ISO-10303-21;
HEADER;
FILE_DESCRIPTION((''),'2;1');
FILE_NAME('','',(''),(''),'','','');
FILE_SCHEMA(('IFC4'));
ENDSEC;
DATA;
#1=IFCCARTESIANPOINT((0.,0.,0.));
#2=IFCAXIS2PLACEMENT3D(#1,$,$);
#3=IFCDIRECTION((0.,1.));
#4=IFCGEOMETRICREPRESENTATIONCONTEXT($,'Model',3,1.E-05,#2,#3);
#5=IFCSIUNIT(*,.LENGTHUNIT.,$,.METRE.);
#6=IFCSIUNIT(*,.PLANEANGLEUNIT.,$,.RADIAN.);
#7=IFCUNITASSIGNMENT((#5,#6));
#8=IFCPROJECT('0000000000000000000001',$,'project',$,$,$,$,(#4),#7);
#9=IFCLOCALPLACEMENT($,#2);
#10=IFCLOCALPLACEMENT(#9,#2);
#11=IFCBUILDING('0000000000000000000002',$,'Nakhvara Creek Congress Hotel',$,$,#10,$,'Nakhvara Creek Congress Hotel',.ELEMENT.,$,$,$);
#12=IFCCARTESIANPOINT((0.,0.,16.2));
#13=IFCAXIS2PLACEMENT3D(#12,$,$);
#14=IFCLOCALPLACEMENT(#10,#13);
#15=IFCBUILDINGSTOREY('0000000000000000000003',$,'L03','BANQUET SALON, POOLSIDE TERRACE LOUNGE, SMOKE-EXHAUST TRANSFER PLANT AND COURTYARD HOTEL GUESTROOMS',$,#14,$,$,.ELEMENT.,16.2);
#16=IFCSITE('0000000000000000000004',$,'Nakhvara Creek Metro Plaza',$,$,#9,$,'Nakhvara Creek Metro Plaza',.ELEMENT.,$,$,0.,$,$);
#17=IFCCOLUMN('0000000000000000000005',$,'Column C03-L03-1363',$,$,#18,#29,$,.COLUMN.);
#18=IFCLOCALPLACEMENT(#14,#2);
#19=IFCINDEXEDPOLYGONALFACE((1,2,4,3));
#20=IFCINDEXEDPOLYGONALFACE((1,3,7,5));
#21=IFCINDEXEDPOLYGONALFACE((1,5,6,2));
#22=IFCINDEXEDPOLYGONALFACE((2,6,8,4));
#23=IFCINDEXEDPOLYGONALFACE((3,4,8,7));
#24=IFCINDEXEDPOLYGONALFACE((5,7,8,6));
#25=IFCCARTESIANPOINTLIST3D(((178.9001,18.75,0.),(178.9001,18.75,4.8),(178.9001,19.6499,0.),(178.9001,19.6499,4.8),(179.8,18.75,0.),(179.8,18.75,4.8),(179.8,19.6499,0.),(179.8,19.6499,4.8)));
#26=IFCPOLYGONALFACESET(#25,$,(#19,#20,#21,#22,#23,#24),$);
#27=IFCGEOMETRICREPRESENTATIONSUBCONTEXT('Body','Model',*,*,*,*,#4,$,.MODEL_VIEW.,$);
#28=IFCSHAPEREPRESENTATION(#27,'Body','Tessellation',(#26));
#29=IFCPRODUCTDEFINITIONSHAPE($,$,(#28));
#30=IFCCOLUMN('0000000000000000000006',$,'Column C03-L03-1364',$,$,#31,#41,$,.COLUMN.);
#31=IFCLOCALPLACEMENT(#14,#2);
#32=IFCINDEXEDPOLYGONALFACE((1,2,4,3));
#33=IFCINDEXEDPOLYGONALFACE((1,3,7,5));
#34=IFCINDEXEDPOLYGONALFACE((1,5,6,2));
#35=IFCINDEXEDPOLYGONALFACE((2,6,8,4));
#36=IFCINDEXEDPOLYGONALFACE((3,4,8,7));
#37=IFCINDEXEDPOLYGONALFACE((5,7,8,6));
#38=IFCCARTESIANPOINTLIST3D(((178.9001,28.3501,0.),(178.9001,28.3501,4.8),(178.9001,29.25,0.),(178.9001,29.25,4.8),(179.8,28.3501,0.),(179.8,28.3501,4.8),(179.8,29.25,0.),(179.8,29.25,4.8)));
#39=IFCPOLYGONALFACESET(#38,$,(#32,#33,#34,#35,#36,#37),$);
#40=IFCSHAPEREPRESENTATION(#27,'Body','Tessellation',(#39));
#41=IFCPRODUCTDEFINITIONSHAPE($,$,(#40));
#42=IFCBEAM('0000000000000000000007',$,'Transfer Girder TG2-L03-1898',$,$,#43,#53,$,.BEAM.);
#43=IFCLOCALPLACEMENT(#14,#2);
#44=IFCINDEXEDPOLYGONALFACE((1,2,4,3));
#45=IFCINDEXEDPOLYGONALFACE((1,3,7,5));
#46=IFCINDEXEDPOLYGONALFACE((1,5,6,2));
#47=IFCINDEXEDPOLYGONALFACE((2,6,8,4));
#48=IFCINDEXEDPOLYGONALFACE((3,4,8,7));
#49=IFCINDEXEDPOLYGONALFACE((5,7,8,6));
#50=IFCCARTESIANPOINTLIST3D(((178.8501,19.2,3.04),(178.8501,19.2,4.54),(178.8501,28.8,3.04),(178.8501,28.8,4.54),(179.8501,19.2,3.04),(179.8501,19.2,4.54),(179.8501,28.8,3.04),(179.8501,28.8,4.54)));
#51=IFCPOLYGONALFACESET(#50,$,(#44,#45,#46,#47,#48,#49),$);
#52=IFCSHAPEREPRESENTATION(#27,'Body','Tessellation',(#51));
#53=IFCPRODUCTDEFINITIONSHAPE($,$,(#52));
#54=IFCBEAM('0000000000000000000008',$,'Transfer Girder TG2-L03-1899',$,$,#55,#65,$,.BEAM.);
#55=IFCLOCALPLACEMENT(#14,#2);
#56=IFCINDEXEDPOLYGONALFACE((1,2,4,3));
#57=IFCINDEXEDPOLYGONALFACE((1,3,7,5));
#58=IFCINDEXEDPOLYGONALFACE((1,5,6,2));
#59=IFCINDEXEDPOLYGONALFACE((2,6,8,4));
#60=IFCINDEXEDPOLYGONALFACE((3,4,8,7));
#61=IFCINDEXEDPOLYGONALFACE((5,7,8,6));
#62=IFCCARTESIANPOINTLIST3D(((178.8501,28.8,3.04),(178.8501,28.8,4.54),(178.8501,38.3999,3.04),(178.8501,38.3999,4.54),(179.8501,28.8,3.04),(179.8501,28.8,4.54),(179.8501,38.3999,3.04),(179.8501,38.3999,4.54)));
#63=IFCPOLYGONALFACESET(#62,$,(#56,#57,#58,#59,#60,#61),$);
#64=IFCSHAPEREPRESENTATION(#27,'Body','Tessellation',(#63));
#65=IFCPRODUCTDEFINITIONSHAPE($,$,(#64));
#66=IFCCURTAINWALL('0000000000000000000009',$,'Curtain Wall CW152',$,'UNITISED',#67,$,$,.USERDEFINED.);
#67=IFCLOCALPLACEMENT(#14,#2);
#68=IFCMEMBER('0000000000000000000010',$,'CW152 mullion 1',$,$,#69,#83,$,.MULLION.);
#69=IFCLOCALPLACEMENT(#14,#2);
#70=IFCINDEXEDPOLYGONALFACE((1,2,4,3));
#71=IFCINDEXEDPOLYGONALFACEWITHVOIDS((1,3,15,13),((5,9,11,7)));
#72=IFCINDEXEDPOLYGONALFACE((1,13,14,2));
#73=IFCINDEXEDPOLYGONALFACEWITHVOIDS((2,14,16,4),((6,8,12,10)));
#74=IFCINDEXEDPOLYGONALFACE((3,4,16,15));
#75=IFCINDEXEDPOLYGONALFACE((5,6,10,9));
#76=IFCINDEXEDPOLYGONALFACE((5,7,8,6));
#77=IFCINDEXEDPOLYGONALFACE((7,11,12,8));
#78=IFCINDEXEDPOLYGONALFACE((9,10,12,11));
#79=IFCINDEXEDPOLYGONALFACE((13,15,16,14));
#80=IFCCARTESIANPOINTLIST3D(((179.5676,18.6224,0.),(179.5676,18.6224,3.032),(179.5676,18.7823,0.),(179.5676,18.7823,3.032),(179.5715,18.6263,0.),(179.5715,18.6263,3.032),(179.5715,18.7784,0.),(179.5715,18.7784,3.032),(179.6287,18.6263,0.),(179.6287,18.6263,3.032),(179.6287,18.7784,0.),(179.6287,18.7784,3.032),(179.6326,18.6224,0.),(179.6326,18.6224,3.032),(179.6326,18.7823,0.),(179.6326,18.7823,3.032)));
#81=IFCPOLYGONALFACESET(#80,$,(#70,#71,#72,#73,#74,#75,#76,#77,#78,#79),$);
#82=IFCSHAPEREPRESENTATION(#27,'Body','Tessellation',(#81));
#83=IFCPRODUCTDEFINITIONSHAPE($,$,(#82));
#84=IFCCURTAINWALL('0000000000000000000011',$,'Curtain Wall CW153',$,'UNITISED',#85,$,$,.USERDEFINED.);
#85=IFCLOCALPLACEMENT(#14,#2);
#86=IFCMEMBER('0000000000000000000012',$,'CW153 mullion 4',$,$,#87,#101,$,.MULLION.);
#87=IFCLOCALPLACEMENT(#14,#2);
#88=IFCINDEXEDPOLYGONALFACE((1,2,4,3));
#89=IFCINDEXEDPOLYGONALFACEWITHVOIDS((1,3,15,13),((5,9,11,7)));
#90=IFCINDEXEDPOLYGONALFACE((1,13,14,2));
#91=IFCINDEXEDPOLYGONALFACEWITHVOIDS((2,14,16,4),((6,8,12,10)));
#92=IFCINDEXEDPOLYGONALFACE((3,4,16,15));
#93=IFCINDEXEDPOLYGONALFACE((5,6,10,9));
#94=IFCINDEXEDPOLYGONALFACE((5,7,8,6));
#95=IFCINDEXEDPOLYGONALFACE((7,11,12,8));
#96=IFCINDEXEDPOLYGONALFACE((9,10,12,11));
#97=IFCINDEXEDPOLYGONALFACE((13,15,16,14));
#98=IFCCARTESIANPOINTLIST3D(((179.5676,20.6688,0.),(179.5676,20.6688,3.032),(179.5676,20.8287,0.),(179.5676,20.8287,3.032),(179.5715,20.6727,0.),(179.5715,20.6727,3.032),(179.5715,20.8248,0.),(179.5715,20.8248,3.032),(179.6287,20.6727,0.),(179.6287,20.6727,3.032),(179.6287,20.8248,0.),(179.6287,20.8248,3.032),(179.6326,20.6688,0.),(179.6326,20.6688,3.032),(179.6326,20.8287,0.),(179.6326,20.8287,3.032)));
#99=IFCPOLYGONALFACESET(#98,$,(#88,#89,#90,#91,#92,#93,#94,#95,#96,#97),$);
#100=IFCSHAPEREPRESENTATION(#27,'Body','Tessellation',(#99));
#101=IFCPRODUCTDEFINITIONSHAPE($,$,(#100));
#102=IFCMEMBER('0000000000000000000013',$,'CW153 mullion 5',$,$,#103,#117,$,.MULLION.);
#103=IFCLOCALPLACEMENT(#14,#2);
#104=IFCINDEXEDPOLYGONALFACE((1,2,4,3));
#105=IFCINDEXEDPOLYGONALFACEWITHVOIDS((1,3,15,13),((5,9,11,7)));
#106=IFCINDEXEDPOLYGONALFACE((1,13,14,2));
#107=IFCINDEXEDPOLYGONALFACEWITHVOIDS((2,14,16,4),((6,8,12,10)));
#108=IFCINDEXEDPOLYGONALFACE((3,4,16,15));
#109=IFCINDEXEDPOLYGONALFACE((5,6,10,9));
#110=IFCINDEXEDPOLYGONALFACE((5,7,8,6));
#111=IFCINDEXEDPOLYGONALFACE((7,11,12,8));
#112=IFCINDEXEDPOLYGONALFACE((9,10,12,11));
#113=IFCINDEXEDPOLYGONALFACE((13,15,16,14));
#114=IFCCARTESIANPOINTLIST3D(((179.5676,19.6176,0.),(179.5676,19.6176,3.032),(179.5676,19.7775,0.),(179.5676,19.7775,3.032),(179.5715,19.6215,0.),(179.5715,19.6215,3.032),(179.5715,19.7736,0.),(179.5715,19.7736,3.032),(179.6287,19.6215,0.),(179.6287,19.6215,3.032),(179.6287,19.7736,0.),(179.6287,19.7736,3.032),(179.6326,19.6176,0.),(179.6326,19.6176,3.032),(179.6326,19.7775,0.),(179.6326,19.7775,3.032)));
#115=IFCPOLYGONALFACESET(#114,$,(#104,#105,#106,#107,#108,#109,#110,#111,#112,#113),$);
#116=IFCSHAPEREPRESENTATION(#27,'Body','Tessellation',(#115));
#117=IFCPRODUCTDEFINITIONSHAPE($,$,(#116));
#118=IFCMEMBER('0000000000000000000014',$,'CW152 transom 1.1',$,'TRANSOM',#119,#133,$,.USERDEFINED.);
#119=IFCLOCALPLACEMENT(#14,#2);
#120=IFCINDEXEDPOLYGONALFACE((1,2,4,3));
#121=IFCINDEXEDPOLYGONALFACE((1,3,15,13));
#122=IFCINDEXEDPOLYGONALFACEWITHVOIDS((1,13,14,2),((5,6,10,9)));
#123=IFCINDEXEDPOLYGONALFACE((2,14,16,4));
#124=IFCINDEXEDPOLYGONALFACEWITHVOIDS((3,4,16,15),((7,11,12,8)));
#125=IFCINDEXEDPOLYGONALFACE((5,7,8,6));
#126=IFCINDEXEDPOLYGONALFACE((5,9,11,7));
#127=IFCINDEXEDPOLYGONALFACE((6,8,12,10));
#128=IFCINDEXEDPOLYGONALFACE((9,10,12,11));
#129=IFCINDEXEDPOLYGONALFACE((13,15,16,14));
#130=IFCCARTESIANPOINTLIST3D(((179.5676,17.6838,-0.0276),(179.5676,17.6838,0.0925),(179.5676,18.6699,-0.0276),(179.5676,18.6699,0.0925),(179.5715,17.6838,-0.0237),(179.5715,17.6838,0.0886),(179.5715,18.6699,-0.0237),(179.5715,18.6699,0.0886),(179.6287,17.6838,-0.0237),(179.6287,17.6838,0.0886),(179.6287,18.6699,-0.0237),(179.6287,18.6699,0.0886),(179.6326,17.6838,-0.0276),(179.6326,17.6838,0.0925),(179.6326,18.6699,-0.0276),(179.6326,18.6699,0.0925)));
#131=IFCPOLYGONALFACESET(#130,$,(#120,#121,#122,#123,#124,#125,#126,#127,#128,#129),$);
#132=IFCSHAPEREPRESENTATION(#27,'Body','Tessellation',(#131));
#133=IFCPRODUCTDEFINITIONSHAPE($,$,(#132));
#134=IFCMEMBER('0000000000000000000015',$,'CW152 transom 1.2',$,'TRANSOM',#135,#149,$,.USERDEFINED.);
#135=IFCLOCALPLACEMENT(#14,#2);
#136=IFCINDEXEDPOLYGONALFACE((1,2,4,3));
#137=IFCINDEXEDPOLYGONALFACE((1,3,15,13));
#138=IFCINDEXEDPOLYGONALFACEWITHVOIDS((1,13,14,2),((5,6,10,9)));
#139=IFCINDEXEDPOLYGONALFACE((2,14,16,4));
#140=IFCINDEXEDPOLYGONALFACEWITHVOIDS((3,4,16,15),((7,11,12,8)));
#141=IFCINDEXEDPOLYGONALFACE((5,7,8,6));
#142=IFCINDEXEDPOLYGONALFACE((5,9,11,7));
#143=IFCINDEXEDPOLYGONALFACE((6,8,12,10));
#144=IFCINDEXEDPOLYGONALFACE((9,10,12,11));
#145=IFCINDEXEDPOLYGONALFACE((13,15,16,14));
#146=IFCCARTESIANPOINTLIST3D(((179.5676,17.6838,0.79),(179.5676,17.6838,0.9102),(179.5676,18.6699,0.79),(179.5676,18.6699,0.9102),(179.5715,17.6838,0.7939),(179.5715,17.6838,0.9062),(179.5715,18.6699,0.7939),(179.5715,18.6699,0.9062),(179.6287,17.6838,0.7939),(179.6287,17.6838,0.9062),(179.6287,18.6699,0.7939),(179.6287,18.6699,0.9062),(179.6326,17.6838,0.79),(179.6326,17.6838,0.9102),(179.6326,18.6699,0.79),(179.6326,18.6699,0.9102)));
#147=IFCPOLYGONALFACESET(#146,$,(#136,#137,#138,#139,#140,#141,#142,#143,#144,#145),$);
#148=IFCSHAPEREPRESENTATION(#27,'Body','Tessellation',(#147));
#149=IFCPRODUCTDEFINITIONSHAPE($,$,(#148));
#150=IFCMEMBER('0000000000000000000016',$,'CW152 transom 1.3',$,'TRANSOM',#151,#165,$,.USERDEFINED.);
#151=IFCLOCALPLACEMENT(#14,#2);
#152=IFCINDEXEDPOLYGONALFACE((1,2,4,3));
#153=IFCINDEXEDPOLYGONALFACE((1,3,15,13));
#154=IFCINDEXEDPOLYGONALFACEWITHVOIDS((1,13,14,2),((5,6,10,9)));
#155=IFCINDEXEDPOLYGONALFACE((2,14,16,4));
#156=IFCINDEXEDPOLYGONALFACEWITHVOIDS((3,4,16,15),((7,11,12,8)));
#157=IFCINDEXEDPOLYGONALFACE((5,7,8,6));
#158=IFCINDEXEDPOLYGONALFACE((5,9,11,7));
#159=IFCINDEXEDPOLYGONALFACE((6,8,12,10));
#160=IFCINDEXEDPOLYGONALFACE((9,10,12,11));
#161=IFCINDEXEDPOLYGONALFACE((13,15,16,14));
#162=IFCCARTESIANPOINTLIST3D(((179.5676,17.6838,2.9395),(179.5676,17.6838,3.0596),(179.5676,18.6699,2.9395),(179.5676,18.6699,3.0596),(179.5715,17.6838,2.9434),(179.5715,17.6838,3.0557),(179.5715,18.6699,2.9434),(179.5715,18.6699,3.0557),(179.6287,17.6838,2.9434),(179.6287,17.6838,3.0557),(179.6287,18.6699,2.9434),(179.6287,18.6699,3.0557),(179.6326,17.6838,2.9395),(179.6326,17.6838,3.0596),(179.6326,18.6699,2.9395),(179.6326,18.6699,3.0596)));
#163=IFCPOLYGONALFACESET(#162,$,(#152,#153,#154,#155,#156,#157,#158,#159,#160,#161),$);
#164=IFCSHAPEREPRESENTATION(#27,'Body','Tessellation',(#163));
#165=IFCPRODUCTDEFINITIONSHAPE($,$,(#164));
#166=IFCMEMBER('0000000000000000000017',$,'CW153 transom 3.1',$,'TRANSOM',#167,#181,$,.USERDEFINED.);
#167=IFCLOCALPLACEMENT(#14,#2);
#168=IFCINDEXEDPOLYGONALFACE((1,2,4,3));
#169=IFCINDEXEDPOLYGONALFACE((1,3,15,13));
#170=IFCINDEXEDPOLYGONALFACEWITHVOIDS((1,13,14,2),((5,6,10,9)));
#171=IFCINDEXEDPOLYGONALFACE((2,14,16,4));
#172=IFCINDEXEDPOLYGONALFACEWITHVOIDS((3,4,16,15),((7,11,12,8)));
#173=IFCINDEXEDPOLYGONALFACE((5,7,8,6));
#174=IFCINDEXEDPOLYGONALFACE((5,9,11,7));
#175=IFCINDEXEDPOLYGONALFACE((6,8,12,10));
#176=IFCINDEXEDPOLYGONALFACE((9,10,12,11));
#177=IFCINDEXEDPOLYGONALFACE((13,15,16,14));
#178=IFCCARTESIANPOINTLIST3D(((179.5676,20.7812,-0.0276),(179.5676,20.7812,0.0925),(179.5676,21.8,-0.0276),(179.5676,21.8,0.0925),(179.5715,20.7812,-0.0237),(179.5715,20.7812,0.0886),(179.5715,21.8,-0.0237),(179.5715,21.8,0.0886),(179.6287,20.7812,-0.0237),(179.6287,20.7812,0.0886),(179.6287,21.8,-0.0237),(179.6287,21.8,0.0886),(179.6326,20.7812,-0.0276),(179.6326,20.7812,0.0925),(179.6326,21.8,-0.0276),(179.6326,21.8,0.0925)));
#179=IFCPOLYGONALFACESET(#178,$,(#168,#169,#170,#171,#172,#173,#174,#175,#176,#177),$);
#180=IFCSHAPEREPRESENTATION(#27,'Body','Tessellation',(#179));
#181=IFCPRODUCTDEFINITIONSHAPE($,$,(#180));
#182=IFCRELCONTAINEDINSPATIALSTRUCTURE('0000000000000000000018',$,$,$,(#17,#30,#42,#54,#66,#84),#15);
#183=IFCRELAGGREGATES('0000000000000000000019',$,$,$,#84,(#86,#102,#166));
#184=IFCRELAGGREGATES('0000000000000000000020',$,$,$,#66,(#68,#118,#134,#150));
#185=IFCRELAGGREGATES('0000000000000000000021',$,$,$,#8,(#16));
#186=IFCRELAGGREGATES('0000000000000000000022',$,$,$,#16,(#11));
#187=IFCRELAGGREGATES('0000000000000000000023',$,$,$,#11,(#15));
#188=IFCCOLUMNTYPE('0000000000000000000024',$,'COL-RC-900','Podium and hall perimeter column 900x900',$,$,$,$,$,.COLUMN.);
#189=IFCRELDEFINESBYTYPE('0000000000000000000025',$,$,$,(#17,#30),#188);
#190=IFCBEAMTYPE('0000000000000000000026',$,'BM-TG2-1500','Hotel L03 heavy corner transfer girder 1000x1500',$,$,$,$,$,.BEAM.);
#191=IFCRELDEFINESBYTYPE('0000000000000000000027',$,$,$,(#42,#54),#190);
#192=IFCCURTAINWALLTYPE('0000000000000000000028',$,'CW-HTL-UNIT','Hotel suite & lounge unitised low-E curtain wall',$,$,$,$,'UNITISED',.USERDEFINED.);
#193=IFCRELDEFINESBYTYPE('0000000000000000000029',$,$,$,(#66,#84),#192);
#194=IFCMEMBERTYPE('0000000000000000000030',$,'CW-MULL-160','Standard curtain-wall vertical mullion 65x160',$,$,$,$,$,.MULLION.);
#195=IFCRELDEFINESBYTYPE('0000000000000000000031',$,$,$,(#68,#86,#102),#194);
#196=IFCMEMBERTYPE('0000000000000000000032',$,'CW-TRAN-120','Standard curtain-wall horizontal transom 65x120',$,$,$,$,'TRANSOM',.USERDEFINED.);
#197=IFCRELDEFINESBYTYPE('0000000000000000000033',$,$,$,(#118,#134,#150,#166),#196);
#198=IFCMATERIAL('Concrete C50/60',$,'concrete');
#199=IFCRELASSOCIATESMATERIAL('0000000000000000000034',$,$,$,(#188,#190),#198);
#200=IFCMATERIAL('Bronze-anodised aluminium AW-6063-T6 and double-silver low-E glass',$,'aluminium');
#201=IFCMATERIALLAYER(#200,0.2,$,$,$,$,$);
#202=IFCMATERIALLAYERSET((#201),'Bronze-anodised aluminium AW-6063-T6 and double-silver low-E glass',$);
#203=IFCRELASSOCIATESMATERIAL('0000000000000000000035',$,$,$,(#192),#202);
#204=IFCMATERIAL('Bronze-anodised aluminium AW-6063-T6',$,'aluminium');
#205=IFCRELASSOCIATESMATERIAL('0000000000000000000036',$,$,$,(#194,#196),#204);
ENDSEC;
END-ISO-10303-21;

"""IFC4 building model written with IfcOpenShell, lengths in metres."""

from ifc_helpers import new_model, si_unit, direction, frame, origin, origin_2d, place, context, subcontext, project, spatial, rectangle, hollow_rectangle, extrude, material, layer, layer_set, material_profile, profile_set, type_object, element, aggregate, save


model = new_model("IFC4")

# Units and contexts
model_context = context("Model", 3, precision=1e-05, world=origin(), true_north=direction((0.0, 1.0)))
body_context = subcontext(model_context, "Body", "Model", "MODEL_VIEW")
ifc_project = project(units=[si_unit("LENGTHUNIT", "METRE"), si_unit("PLANEANGLEUNIT", "RADIAN")], contexts=[model_context])

# Site, building, storey
site_placement = place(None, origin())
site = spatial("IfcSite", under=ifc_project, at=site_placement, Name="Nakhvara Creek Metro Plaza", LongName="Nakhvara Creek Metro Plaza", CompositionType="ELEMENT", RefElevation=0.0)
building_placement = place(site_placement, origin())
building = spatial("IfcBuilding", under=site, at=building_placement, Name="Nakhvara Creek Congress Hotel", LongName="Nakhvara Creek Congress Hotel", CompositionType="ELEMENT")
storey_placement = place(building_placement, frame((0.0, 0.0, 16.2)))
storey = spatial("IfcBuildingStorey", under=building, at=storey_placement, Name="L03", Description="BANQUET SALON, POOLSIDE TERRACE LOUNGE, SMOKE-EXHAUST TRANSFER PLANT AND COURTYARD HOTEL GUESTROOMS", CompositionType="ELEMENT", Elevation=16.2)

# Columns
ifc_material_1 = material(Name="Concrete C50/60", Category="concrete")
ifc_material_profile_1 = material_profile(ifc_material_1, rectangle(XDim=0.8999, YDim=0.8999, at=origin_2d()), Name="RC-COL 900x900", Category="LoadBearing")
ifc_profile_set_1 = profile_set([ifc_material_profile_1], Name="Concrete C50/60")
column_type = type_object("IfcColumnType", Name="COL-RC-900", Description="Podium and hall perimeter column 900x900", PredefinedType="COLUMN", material=ifc_profile_set_1)
for number, where, z_axis, x_axis, name in (
    (1, (179.3501, 19.2, 0.0), (0.0, 0.0, 1.0), (1.0, 0.0, 0.0), "Column C03-L03-1363"),
    (2, (179.3501, 28.8, 0.0), (0.0, 0.0, 1.0), (1.0, 0.0, 0.0), "Column C03-L03-1364"),
):
    element("IfcColumn", number, at=place(storey_placement, frame(where, z_axis=z_axis, x_axis=x_axis)), inside=storey, type_object=column_type, Name=name, PredefinedType="COLUMN", context=body_context, shape_type="SweptSolid", body=[
        extrude(rectangle(XDim=0.8999, YDim=0.8999, at=origin_2d()), origin(), (0.0, 0.0, 1.0), 4.8),
    ])

# Beams
ifc_material_profile_2 = material_profile(ifc_material_1, rectangle(XDim=1.0, YDim=1.5, at=origin_2d()), Name="RC-TG 1000x1500", Category="LoadBearing")
ifc_profile_set_2 = profile_set([ifc_material_profile_2], Name="Concrete C50/60")
beam_type = type_object("IfcBeamType", Name="BM-TG2-1500", Description="Hotel L03 heavy corner transfer girder 1000x1500", PredefinedType="BEAM", material=ifc_profile_set_2)
beam_1_placement = place(storey_placement, frame((179.3501, 19.2, 3.79), z_axis=(0.0, 1.0, 0.0), x_axis=(-1.0, 0.0, 0.0)))
element("IfcBeam", 3, at=beam_1_placement, inside=storey, type_object=beam_type, Name="Transfer Girder TG2-L03-1898", PredefinedType="BEAM", context=body_context, shape_type="SweptSolid", body=[
    extrude(rectangle(XDim=1.0, YDim=1.5, at=origin_2d()), origin(), (0.0, 0.0, 1.0), 9.6001),
])
beam_2_placement = place(storey_placement, frame((179.3501, 28.8, 3.79), z_axis=(0.0, 1.0, 0.0), x_axis=(-1.0, 0.0, 0.0)))
element("IfcBeam", 4, at=beam_2_placement, inside=storey, type_object=beam_type, Name="Transfer Girder TG2-L03-1899", PredefinedType="BEAM", context=body_context, shape_type="SweptSolid", body=[
    extrude(rectangle(XDim=1.0, YDim=1.5, at=origin_2d()), origin(), (0.0, 0.0, 1.0), 9.5999),
])

# Curtain wall, member
ifc_material_2 = material(Name="Bronze-anodised aluminium AW-6063-T6 and double-silver low-E glass", Category="aluminium")
ifc_layer_1 = layer(ifc_material_2, 0.2)
ifc_layer_set_1 = layer_set([ifc_layer_1], Name="Bronze-anodised aluminium AW-6063-T6 and double-silver low-E glass")
curtain_wall_type = type_object("IfcCurtainWallType", Name="CW-HTL-UNIT", Description="Hotel suite & lounge unitised low-E curtain wall", ElementType="UNITISED", PredefinedType="USERDEFINED", material=ifc_layer_set_1)
curtain_wall_1_placement = place(storey_placement, origin())
curtain_wall_1 = element("IfcCurtainWall", 5, at=curtain_wall_1_placement, inside=storey, type_object=curtain_wall_type, Name="Curtain Wall CW152", ObjectType="UNITISED", PredefinedType="USERDEFINED")
ifc_material_3 = material(Name="Bronze-anodised aluminium AW-6063-T6", Category="aluminium")
ifc_material_profile_3 = material_profile(ifc_material_3, hollow_rectangle(XDim=0.0649, YDim=0.1599, WallThickness=0.0039, at=origin_2d()), Name="ALU-MULL 65x160x4", Category="LoadBearing")
ifc_profile_set_3 = profile_set([ifc_material_profile_3], Name="Bronze-anodised aluminium AW-6063-T6")
member_type_1 = type_object("IfcMemberType", Name="CW-MULL-160", Description="Standard curtain-wall vertical mullion 65x160", PredefinedType="MULLION", material=ifc_profile_set_3)
member_1_placement = place(storey_placement, frame((179.6001, 18.7024, 0.0), z_axis=(0.0, 0.0, 1.0), x_axis=(1.0, 0.0, 0.0)))
member_1 = element("IfcMember", 6, at=member_1_placement, type_object=member_type_1, Name="CW152 mullion 1", PredefinedType="MULLION", context=body_context, shape_type="SweptSolid", body=[
    extrude(hollow_rectangle(XDim=0.0649, YDim=0.1599, WallThickness=0.0039, at=origin_2d()), origin(), (0.0, 0.0, 1.0), 3.032),
])

# Curtain wall, members
curtain_wall_2_placement = place(storey_placement, origin())
curtain_wall_2 = element("IfcCurtainWall", 7, at=curtain_wall_2_placement, inside=storey, type_object=curtain_wall_type, Name="Curtain Wall CW153", ObjectType="UNITISED", PredefinedType="USERDEFINED")
member_2_placement = place(storey_placement, frame((179.6001, 20.7488, 0.0), z_axis=(0.0, 0.0, 1.0), x_axis=(1.0, 0.0, 0.0)))
member_2 = element("IfcMember", 8, at=member_2_placement, type_object=member_type_1, Name="CW153 mullion 4", PredefinedType="MULLION", context=body_context, shape_type="SweptSolid", body=[
    extrude(hollow_rectangle(XDim=0.0649, YDim=0.1599, WallThickness=0.0039, at=origin_2d()), origin(), (0.0, 0.0, 1.0), 3.032),
])
member_3_placement = place(storey_placement, frame((179.6001, 19.6975, 0.0), z_axis=(0.0, 0.0, 1.0), x_axis=(1.0, 0.0, 0.0)))
member_3 = element("IfcMember", 9, at=member_3_placement, type_object=member_type_1, Name="CW153 mullion 5", PredefinedType="MULLION", context=body_context, shape_type="SweptSolid", body=[
    extrude(hollow_rectangle(XDim=0.0649, YDim=0.1599, WallThickness=0.0039, at=origin_2d()), origin(), (0.0, 0.0, 1.0), 3.032),
])

# Members
ifc_material_profile_4 = material_profile(ifc_material_3, hollow_rectangle(XDim=0.0649, YDim=0.1201, WallThickness=0.0039, at=origin_2d()), Name="ALU-TRAN 65x120x4", Category="LoadBearing")
ifc_profile_set_4 = profile_set([ifc_material_profile_4], Name="Bronze-anodised aluminium AW-6063-T6")
member_type_2 = type_object("IfcMemberType", Name="CW-TRAN-120", Description="Standard curtain-wall horizontal transom 65x120", ElementType="TRANSOM", PredefinedType="USERDEFINED", material=ifc_profile_set_4)
member_4_placement = place(storey_placement, frame((179.6001, 18.6699, 0.0325), z_axis=(0.0, -1.0, 0.0), x_axis=(1.0, 0.0, 0.0)))
member_4 = element("IfcMember", 10, at=member_4_placement, type_object=member_type_2, Name="CW152 transom 1.1", ObjectType="TRANSOM", PredefinedType="USERDEFINED", context=body_context, shape_type="SweptSolid", body=[
    extrude(hollow_rectangle(XDim=0.0649, YDim=0.1201, WallThickness=0.0039, at=origin_2d()), origin(), (0.0, 0.0, 1.0), 0.9861),
])
member_5_placement = place(storey_placement, frame((179.6001, 18.6699, 0.8501), z_axis=(0.0, -1.0, 0.0), x_axis=(1.0, 0.0, 0.0)))
member_5 = element("IfcMember", 11, at=member_5_placement, type_object=member_type_2, Name="CW152 transom 1.2", ObjectType="TRANSOM", PredefinedType="USERDEFINED", context=body_context, shape_type="SweptSolid", body=[
    extrude(hollow_rectangle(XDim=0.0649, YDim=0.1201, WallThickness=0.0039, at=origin_2d()), origin(), (0.0, 0.0, 1.0), 0.9861),
])
member_6_placement = place(storey_placement, frame((179.6001, 18.6699, 2.9995), z_axis=(0.0, -1.0, 0.0), x_axis=(1.0, 0.0, 0.0)))
member_6 = element("IfcMember", 12, at=member_6_placement, type_object=member_type_2, Name="CW152 transom 1.3", ObjectType="TRANSOM", PredefinedType="USERDEFINED", context=body_context, shape_type="SweptSolid", body=[
    extrude(hollow_rectangle(XDim=0.0649, YDim=0.1201, WallThickness=0.0039, at=origin_2d()), origin(), (0.0, 0.0, 1.0), 0.9861),
])
member_7_placement = place(storey_placement, frame((179.6001, 21.8, 0.0325), z_axis=(0.0, -1.0, 0.0), x_axis=(1.0, 0.0, 0.0)))
member_7 = element("IfcMember", 13, at=member_7_placement, type_object=member_type_2, Name="CW153 transom 3.1", ObjectType="TRANSOM", PredefinedType="USERDEFINED", context=body_context, shape_type="SweptSolid", body=[
    extrude(hollow_rectangle(XDim=0.0649, YDim=0.1201, WallThickness=0.0039, at=origin_2d()), origin(), (0.0, 0.0, 1.0), 1.0188),
])

aggregate(curtain_wall_2, [member_2, member_3, member_7])
aggregate(curtain_wall_1, [member_1, member_4, member_5, member_6])

save(model, "model.ifc")
